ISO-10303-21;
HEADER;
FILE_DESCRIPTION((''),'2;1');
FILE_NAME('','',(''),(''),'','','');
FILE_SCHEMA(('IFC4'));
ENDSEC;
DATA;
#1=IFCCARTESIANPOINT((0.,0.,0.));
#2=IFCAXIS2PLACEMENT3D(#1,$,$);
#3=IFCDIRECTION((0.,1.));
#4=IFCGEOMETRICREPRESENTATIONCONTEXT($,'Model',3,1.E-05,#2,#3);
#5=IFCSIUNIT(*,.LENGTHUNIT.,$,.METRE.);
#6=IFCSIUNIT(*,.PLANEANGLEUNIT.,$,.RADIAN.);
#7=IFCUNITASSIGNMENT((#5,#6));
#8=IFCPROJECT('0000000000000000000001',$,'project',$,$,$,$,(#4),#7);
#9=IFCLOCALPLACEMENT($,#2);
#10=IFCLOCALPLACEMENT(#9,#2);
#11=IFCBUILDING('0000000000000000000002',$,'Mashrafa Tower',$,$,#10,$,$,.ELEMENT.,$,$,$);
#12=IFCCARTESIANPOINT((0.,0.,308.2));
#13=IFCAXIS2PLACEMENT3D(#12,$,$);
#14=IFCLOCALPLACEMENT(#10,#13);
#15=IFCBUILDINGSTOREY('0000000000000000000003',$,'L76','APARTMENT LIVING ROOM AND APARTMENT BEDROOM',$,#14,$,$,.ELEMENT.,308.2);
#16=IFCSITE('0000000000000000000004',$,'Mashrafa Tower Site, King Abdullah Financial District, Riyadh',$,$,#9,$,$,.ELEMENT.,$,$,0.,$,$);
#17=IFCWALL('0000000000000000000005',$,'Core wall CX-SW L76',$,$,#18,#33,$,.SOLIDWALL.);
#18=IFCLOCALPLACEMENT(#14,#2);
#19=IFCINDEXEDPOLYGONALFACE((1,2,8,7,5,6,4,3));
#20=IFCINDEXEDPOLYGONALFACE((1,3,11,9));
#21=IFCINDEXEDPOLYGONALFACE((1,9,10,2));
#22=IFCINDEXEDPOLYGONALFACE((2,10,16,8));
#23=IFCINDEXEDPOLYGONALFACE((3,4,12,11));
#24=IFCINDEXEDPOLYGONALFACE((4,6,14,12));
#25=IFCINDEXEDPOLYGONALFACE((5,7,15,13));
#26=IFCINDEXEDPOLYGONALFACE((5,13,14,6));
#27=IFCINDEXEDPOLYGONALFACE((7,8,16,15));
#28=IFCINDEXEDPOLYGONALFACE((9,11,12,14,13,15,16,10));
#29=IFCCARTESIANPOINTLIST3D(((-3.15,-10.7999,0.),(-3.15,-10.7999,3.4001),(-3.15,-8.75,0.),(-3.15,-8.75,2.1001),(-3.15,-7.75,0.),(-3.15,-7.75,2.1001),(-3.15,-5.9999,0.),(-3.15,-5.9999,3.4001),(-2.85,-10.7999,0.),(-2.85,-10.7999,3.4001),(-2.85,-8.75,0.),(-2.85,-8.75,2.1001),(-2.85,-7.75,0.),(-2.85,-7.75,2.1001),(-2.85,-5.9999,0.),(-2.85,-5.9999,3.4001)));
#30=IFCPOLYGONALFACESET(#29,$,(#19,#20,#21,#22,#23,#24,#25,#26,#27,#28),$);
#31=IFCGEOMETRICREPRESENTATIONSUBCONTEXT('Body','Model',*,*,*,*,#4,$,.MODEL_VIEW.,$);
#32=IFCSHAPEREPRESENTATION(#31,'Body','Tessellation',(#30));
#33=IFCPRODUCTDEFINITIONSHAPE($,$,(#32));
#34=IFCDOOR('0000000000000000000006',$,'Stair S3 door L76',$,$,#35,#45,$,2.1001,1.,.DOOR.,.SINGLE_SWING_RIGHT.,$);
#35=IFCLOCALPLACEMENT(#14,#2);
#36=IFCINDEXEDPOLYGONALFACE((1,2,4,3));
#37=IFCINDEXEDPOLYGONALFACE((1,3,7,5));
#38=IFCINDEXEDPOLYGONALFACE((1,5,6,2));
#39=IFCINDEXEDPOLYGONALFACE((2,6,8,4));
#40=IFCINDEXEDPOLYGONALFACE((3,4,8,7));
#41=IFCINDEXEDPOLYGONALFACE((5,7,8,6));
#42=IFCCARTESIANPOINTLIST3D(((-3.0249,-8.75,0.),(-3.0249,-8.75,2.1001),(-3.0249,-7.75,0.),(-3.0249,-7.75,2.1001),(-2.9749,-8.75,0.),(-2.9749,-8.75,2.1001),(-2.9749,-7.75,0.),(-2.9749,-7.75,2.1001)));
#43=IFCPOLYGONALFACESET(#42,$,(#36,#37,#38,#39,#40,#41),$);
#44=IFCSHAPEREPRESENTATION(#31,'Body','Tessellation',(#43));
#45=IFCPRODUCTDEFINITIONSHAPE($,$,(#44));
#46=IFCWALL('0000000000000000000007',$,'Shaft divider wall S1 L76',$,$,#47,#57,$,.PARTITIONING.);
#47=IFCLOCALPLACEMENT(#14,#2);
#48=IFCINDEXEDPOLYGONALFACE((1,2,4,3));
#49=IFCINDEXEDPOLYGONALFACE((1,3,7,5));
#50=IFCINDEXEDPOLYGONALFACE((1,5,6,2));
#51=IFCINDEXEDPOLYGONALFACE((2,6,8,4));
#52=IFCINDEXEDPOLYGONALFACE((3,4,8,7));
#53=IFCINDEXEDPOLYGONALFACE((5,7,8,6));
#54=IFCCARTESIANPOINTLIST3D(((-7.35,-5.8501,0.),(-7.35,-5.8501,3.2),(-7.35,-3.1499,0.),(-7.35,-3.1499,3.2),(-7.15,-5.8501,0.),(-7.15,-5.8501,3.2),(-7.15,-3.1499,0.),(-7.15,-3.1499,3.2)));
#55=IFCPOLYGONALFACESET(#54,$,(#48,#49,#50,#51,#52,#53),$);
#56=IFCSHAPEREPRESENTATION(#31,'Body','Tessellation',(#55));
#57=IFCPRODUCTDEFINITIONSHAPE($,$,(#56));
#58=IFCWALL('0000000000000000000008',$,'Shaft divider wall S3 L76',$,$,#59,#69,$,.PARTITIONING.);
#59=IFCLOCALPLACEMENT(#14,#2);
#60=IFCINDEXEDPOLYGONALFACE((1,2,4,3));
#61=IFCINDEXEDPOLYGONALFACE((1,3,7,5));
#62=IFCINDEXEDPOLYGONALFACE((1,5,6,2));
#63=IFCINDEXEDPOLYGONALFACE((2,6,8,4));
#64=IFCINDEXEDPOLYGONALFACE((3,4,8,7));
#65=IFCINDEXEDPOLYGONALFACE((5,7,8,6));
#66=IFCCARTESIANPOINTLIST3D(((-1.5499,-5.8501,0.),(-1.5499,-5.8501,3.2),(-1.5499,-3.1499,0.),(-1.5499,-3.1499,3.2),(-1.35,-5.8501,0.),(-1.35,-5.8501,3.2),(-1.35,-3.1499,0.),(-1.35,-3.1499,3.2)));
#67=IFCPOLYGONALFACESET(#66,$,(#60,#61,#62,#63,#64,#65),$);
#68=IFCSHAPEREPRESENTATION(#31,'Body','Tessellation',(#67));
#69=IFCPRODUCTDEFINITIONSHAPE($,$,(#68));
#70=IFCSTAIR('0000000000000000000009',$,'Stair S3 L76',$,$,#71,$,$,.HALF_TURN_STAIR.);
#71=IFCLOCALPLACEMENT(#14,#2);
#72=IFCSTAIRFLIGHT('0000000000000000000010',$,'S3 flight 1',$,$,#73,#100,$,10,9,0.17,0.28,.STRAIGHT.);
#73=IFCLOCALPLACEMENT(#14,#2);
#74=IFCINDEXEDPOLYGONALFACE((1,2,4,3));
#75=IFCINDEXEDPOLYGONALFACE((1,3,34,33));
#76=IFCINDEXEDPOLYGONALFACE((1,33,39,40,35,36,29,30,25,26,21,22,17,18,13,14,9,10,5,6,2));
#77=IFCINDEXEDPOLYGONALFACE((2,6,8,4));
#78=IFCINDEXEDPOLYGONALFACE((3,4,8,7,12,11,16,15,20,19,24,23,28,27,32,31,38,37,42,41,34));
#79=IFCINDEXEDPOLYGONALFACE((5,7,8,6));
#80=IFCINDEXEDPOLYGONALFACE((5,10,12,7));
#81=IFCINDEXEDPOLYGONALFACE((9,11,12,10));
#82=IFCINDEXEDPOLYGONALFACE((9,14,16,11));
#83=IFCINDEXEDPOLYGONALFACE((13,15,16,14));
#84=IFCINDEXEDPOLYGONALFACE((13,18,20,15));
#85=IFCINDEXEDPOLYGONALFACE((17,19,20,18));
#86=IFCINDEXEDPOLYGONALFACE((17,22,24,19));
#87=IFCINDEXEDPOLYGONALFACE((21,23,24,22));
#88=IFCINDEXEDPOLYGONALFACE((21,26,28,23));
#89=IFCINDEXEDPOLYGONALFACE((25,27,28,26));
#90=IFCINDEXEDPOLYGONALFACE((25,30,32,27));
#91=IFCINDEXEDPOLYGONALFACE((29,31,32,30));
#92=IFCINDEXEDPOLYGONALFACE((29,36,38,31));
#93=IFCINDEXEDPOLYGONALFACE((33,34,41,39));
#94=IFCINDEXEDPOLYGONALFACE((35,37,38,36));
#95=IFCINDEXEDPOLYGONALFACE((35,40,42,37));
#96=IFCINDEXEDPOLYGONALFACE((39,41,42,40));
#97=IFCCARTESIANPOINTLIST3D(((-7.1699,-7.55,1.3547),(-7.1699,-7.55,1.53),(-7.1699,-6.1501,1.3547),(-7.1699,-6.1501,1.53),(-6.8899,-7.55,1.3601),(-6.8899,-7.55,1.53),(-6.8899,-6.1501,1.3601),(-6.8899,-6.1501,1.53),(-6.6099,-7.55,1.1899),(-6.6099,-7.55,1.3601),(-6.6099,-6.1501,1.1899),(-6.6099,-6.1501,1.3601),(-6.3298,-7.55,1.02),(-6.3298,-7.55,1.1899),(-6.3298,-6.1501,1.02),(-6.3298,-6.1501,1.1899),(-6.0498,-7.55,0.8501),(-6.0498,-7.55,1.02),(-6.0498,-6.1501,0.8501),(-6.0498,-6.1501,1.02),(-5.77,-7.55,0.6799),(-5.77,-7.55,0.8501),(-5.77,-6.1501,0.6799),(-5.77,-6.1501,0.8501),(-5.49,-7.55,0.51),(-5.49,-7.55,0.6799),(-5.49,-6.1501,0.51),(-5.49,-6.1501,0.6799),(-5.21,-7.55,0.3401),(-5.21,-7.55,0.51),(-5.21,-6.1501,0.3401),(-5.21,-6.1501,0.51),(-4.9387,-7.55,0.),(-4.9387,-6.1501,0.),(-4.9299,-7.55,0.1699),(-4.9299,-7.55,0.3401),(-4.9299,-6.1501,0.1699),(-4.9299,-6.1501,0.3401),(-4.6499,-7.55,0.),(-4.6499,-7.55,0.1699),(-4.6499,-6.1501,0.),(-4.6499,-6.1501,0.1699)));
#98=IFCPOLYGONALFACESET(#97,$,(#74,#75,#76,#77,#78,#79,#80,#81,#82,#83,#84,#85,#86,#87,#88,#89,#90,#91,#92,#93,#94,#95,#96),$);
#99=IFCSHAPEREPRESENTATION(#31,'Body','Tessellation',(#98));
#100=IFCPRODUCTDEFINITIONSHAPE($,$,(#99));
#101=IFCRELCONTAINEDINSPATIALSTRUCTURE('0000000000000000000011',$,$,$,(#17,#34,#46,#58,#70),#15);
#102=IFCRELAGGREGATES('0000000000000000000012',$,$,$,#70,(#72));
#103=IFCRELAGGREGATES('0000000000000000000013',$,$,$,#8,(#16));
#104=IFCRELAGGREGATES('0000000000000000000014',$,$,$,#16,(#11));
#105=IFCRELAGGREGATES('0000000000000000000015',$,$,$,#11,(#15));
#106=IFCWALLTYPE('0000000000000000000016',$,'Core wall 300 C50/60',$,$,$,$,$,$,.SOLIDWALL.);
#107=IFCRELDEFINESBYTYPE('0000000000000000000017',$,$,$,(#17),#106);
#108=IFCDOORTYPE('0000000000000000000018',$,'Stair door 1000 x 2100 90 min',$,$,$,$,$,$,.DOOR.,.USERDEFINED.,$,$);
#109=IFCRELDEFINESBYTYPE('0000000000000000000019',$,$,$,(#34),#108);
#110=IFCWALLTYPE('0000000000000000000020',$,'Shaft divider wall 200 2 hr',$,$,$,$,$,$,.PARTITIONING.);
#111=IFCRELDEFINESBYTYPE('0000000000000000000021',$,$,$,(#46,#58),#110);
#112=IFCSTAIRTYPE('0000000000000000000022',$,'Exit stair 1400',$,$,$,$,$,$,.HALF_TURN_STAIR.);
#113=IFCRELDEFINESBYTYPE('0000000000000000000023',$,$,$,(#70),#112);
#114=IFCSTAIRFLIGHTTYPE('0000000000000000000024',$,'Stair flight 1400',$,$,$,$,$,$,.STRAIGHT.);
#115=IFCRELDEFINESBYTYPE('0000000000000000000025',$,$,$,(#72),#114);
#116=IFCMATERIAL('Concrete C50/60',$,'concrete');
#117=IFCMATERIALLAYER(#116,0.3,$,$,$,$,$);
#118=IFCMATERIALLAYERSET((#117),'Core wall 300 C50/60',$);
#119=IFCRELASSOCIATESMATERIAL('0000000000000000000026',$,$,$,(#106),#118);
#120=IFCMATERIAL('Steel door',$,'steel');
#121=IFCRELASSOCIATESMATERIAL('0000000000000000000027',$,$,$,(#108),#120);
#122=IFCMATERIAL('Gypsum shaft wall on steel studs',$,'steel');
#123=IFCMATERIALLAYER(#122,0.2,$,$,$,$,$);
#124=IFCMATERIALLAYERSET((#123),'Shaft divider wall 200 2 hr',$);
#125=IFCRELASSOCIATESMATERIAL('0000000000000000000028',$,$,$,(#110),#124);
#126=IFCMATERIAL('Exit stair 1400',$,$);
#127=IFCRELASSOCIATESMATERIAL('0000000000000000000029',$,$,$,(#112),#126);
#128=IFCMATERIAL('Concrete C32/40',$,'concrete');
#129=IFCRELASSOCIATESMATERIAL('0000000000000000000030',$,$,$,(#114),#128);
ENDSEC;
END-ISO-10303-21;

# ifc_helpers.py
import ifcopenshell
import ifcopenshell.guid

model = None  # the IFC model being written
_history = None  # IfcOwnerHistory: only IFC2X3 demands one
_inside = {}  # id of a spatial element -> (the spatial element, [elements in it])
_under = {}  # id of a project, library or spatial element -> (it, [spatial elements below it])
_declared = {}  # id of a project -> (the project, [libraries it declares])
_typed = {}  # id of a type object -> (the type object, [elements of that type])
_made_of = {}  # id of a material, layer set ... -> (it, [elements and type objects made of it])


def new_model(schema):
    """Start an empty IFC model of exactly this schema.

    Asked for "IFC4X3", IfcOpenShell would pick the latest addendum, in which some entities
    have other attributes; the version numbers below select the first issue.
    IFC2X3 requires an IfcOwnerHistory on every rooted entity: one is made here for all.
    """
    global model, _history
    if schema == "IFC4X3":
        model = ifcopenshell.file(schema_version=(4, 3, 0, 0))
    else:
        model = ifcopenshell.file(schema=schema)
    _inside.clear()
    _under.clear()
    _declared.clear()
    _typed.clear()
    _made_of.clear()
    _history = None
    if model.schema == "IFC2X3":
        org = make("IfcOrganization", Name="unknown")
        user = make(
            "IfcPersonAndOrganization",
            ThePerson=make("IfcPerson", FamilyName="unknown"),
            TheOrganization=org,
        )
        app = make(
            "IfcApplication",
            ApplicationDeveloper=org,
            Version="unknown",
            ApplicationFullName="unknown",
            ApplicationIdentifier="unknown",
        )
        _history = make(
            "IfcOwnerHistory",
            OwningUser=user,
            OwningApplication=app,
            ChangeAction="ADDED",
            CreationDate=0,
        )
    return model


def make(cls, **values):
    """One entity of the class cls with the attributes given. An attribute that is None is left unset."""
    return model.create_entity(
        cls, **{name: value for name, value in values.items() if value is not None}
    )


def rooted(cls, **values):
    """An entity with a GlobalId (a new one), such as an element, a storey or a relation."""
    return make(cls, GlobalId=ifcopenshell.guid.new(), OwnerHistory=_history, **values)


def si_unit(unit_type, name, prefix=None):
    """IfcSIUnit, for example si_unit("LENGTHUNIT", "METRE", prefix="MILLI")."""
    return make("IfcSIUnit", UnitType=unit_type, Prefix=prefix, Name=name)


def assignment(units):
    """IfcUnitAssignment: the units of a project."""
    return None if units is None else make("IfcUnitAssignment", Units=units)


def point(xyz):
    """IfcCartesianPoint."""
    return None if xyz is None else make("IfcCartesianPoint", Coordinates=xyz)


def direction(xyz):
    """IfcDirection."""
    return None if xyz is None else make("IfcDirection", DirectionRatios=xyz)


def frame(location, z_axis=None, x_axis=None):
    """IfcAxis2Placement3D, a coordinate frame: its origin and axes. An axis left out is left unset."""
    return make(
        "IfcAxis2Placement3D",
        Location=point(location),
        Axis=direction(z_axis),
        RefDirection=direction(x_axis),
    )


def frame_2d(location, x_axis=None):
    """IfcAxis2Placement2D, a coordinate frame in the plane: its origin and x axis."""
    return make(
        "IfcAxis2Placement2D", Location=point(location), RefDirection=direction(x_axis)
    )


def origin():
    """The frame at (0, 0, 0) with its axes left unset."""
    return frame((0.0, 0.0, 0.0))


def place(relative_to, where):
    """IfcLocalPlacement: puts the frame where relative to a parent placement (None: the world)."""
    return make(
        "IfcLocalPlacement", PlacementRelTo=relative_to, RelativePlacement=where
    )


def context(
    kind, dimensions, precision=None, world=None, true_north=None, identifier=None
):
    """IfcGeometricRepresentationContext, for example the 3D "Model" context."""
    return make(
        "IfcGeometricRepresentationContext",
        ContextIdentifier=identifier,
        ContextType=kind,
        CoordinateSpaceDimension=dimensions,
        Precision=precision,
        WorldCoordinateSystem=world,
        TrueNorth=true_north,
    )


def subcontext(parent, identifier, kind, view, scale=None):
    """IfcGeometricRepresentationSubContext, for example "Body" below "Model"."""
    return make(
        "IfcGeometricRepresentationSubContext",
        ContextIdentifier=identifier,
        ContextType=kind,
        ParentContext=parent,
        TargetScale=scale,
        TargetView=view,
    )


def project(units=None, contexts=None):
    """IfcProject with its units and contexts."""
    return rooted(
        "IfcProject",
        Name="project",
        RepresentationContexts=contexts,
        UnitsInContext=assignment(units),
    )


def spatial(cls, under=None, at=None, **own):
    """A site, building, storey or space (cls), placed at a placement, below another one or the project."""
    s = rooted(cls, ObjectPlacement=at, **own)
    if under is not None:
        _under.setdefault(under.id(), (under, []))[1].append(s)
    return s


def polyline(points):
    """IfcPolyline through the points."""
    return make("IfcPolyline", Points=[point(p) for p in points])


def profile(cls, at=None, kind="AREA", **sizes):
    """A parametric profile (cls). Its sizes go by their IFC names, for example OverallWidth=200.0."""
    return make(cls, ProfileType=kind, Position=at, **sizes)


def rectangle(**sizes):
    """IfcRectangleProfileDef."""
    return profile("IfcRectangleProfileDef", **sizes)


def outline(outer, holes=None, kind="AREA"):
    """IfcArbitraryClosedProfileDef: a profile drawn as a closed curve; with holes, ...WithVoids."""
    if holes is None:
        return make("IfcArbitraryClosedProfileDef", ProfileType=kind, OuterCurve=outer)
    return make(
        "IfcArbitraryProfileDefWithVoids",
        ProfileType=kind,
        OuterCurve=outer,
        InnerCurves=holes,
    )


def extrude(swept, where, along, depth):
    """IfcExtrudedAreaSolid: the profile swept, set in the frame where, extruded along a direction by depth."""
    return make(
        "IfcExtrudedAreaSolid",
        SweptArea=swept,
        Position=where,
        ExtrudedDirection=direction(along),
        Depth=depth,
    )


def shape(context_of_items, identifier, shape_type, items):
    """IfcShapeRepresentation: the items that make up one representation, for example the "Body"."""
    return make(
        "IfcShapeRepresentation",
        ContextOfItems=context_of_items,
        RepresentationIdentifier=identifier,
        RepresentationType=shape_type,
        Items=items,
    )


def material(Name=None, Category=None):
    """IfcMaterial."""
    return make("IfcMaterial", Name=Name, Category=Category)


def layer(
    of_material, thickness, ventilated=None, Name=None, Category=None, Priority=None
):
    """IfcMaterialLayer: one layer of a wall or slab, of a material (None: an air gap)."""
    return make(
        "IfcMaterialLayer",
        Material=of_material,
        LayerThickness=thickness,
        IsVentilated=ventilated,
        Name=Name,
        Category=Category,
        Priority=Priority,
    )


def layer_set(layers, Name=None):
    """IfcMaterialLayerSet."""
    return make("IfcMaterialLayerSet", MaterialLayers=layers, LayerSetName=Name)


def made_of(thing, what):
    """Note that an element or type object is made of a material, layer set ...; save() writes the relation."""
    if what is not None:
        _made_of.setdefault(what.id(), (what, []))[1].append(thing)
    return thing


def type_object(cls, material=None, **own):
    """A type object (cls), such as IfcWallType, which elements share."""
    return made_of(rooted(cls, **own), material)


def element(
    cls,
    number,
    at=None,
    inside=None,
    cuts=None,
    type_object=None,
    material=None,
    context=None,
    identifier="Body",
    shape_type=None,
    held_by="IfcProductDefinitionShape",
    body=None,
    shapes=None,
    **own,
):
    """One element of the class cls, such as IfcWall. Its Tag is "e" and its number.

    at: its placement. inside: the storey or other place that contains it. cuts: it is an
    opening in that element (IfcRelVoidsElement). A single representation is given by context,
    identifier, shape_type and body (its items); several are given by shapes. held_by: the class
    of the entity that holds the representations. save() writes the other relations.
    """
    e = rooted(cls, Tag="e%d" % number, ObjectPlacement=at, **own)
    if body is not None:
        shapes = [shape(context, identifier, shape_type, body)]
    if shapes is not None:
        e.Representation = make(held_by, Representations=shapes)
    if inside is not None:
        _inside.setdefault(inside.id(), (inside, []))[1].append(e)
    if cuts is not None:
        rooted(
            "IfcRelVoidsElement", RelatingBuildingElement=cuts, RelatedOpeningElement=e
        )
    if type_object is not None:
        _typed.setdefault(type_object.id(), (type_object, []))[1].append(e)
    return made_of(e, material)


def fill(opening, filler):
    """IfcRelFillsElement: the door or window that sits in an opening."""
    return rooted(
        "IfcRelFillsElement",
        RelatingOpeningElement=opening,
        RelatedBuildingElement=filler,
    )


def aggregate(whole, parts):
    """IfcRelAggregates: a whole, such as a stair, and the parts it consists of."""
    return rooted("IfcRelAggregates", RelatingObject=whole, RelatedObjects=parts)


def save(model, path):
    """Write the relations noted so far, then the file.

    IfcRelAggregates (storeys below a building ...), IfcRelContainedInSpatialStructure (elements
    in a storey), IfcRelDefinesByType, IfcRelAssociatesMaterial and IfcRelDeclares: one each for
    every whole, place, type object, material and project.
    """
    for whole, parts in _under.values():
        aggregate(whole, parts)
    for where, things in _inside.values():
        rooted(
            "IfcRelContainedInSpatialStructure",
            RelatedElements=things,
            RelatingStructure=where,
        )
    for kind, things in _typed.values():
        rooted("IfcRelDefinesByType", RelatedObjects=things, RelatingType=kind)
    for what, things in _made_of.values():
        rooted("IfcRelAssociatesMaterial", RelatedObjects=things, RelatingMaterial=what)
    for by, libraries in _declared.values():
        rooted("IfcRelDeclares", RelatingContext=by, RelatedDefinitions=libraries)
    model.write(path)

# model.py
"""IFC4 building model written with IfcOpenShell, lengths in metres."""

from ifc_helpers import new_model, si_unit, direction, frame, frame_2d, origin, place, context, subcontext, project, spatial, polyline, rectangle, outline, extrude, material, layer, layer_set, type_object, element, fill, aggregate, save


model = new_model("IFC4")

# Units and contexts
model_context = context("Model", 3, precision=1e-05, world=origin(), true_north=direction((0.0, 1.0)))
body_context = subcontext(model_context, "Body", "Model", "MODEL_VIEW")
ifc_project = project(units=[si_unit("LENGTHUNIT", "METRE"), si_unit("PLANEANGLEUNIT", "RADIAN")], contexts=[model_context])

# Site, building, storey
site_placement = place(None, origin())
site = spatial("IfcSite", under=ifc_project, at=site_placement, Name="Mashrafa Tower Site, King Abdullah Financial District, Riyadh", CompositionType="ELEMENT", RefElevation=0.0)
building_placement = place(site_placement, origin())
building = spatial("IfcBuilding", under=site, at=building_placement, Name="Mashrafa Tower", CompositionType="ELEMENT")
storey_placement = place(building_placement, frame((0.0, 0.0, 308.2)))
storey = spatial("IfcBuildingStorey", under=building, at=storey_placement, Name="L76", Description="APARTMENT LIVING ROOM AND APARTMENT BEDROOM", CompositionType="ELEMENT", Elevation=308.2)

# Shared definitions
ifc_material_1 = material(Name="Concrete C50/60", Category="concrete")
ifc_layer_1 = layer(ifc_material_1, 0.3)
ifc_layer_set_1 = layer_set([ifc_layer_1], Name="Core wall 300 C50/60")
wall_type_1 = type_object("IfcWallType", Name="Core wall 300 C50/60", PredefinedType="SOLIDWALL", material=ifc_layer_set_1)

# Wall, opening, door
wall_1_placement = place(storey_placement, frame((-3.0, -6.0, 0.0), z_axis=(0.0, 0.0, 1.0), x_axis=(0.0, -1.0, 0.0)))
wall_1 = element("IfcWall", 1, at=wall_1_placement, inside=storey, type_object=wall_type_1, Name="Core wall CX-SW L76", PredefinedType="SOLIDWALL", context=body_context, shape_type="SweptSolid", body=[
    extrude(rectangle(XDim=4.8, YDim=0.3, at=frame_2d((2.3999, 0.0))), origin(), (0.0, 0.0, 1.0), 3.4001),
])
opening_1_placement = place(wall_1_placement, frame((1.75, 0.0, 0.0)))
opening_1 = element("IfcOpeningElement", 2, at=opening_1_placement, cuts=wall_1, PredefinedType="OPENING", context=body_context, shape_type="SweptSolid", body=[
    extrude(rectangle(XDim=1.0, YDim=2.1001, at=frame_2d((0.5, 1.05))), frame((0.0, 0.1599, 0.0), z_axis=(0.0, -1.0, 0.0), x_axis=(1.0, 0.0, 0.0)), (0.0, 0.0, 1.0), 0.3201),
])
ifc_material_2 = material(Name="Steel door", Category="steel")
door_type_1 = type_object("IfcDoorType", Name="Stair door 1000 x 2100 90 min", OperationType="USERDEFINED", PredefinedType="DOOR", material=ifc_material_2)
door_1_placement = place(opening_1_placement, frame((1.0, 0.0, 0.0), z_axis=(0.0, 0.0, 1.0), x_axis=(-1.0, 0.0, 0.0)))
door_1 = element("IfcDoor", 3, at=door_1_placement, inside=storey, type_object=door_type_1, Name="Stair S3 door L76", OperationType="SINGLE_SWING_RIGHT", OverallHeight=2.1001, OverallWidth=1.0, PredefinedType="DOOR", context=body_context, shape_type="SweptSolid", body=[
    extrude(rectangle(XDim=1.0, YDim=2.1001, at=frame_2d((0.5, 1.05))), frame((0.0, 0.0249, 0.0), z_axis=(0.0, -1.0, 0.0), x_axis=(1.0, 0.0, 0.0)), (0.0, 0.0, 1.0), 0.05),
])
fill(opening_1, door_1)

# Walls
ifc_material_3 = material(Name="Gypsum shaft wall on steel studs", Category="steel")
ifc_layer_2 = layer(ifc_material_3, 0.2)
ifc_layer_set_2 = layer_set([ifc_layer_2], Name="Shaft divider wall 200 2 hr")
wall_type_2 = type_object("IfcWallType", Name="Shaft divider wall 200 2 hr", PredefinedType="PARTITIONING", material=ifc_layer_set_2)
for number, where, z_axis, x_axis, name in (
    (4, (-7.25, -5.8501, 0.0), (0.0, 0.0, 1.0), (0.0, 1.0, 0.0), "Shaft divider wall S1 L76"),
    (5, (-1.45, -5.8501, 0.0), (0.0, 0.0, 1.0), (0.0, 1.0, 0.0), "Shaft divider wall S3 L76"),
):
    element("IfcWall", number, at=place(storey_placement, frame(where, z_axis=z_axis, x_axis=x_axis)), inside=storey, type_object=wall_type_2, Name=name, PredefinedType="PARTITIONING", context=body_context, shape_type="SweptSolid", body=[
        extrude(rectangle(XDim=2.7002, YDim=0.2, at=frame_2d((1.3501, 0.0))), origin(), (0.0, 0.0, 1.0), 3.2),
    ])

# Stair, stair flight
ifc_material_4 = material(Name="Exit stair 1400")
stair_type = type_object("IfcStairType", Name="Exit stair 1400", PredefinedType="HALF_TURN_STAIR", material=ifc_material_4)
stair_placement = place(storey_placement, origin())
stair = element("IfcStair", 6, at=stair_placement, inside=storey, type_object=stair_type, Name="Stair S3 L76", PredefinedType="HALF_TURN_STAIR")
ifc_material_5 = material(Name="Concrete C32/40", Category="concrete")
stair_flight_type = type_object("IfcStairFlightType", Name="Stair flight 1400", PredefinedType="STRAIGHT", material=ifc_material_5)
stair_flight_placement = place(storey_placement, frame((-4.6499, -6.8501, 0.0), z_axis=(0.0, 0.0, 1.0), x_axis=(-1.0, 0.0, 0.0)))
stair_flight = element("IfcStairFlight", 7, at=stair_flight_placement, type_object=stair_flight_type, Name="S3 flight 1", NumberOfRisers=10, NumberOfTreads=9, PredefinedType="STRAIGHT", RiserHeight=0.17, TreadLength=0.28, context=body_context, shape_type="SweptSolid", body=[
    extrude(outline(polyline([(0.0, 0.0), (0.0, 0.1699), (0.28, 0.1699), (0.28, 0.3401), (0.5601, 0.3401), (0.5601, 0.51), (0.8401, 0.51), (0.8401, 0.6799), (1.1201, 0.6799), (1.1201, 0.8501), (1.3999, 0.8501), (1.3999, 1.02), (1.6799, 1.02), (1.6799, 1.1899), (1.96, 1.1899), (1.96, 1.3601), (2.24, 1.3601), (2.24, 1.53), (2.52, 1.53), (2.52, 1.7), (2.52, 1.3547), (0.2888, 0.0), (0.0, 0.0)])), frame((0.0, 0.7, 0.0), z_axis=(0.0, -1.0, 0.0), x_axis=(1.0, 0.0, 0.0)), (0.0, 0.0, 1.0), 1.3999),
])
aggregate(stair, [stair_flight])

save(model, "model.ifc")
